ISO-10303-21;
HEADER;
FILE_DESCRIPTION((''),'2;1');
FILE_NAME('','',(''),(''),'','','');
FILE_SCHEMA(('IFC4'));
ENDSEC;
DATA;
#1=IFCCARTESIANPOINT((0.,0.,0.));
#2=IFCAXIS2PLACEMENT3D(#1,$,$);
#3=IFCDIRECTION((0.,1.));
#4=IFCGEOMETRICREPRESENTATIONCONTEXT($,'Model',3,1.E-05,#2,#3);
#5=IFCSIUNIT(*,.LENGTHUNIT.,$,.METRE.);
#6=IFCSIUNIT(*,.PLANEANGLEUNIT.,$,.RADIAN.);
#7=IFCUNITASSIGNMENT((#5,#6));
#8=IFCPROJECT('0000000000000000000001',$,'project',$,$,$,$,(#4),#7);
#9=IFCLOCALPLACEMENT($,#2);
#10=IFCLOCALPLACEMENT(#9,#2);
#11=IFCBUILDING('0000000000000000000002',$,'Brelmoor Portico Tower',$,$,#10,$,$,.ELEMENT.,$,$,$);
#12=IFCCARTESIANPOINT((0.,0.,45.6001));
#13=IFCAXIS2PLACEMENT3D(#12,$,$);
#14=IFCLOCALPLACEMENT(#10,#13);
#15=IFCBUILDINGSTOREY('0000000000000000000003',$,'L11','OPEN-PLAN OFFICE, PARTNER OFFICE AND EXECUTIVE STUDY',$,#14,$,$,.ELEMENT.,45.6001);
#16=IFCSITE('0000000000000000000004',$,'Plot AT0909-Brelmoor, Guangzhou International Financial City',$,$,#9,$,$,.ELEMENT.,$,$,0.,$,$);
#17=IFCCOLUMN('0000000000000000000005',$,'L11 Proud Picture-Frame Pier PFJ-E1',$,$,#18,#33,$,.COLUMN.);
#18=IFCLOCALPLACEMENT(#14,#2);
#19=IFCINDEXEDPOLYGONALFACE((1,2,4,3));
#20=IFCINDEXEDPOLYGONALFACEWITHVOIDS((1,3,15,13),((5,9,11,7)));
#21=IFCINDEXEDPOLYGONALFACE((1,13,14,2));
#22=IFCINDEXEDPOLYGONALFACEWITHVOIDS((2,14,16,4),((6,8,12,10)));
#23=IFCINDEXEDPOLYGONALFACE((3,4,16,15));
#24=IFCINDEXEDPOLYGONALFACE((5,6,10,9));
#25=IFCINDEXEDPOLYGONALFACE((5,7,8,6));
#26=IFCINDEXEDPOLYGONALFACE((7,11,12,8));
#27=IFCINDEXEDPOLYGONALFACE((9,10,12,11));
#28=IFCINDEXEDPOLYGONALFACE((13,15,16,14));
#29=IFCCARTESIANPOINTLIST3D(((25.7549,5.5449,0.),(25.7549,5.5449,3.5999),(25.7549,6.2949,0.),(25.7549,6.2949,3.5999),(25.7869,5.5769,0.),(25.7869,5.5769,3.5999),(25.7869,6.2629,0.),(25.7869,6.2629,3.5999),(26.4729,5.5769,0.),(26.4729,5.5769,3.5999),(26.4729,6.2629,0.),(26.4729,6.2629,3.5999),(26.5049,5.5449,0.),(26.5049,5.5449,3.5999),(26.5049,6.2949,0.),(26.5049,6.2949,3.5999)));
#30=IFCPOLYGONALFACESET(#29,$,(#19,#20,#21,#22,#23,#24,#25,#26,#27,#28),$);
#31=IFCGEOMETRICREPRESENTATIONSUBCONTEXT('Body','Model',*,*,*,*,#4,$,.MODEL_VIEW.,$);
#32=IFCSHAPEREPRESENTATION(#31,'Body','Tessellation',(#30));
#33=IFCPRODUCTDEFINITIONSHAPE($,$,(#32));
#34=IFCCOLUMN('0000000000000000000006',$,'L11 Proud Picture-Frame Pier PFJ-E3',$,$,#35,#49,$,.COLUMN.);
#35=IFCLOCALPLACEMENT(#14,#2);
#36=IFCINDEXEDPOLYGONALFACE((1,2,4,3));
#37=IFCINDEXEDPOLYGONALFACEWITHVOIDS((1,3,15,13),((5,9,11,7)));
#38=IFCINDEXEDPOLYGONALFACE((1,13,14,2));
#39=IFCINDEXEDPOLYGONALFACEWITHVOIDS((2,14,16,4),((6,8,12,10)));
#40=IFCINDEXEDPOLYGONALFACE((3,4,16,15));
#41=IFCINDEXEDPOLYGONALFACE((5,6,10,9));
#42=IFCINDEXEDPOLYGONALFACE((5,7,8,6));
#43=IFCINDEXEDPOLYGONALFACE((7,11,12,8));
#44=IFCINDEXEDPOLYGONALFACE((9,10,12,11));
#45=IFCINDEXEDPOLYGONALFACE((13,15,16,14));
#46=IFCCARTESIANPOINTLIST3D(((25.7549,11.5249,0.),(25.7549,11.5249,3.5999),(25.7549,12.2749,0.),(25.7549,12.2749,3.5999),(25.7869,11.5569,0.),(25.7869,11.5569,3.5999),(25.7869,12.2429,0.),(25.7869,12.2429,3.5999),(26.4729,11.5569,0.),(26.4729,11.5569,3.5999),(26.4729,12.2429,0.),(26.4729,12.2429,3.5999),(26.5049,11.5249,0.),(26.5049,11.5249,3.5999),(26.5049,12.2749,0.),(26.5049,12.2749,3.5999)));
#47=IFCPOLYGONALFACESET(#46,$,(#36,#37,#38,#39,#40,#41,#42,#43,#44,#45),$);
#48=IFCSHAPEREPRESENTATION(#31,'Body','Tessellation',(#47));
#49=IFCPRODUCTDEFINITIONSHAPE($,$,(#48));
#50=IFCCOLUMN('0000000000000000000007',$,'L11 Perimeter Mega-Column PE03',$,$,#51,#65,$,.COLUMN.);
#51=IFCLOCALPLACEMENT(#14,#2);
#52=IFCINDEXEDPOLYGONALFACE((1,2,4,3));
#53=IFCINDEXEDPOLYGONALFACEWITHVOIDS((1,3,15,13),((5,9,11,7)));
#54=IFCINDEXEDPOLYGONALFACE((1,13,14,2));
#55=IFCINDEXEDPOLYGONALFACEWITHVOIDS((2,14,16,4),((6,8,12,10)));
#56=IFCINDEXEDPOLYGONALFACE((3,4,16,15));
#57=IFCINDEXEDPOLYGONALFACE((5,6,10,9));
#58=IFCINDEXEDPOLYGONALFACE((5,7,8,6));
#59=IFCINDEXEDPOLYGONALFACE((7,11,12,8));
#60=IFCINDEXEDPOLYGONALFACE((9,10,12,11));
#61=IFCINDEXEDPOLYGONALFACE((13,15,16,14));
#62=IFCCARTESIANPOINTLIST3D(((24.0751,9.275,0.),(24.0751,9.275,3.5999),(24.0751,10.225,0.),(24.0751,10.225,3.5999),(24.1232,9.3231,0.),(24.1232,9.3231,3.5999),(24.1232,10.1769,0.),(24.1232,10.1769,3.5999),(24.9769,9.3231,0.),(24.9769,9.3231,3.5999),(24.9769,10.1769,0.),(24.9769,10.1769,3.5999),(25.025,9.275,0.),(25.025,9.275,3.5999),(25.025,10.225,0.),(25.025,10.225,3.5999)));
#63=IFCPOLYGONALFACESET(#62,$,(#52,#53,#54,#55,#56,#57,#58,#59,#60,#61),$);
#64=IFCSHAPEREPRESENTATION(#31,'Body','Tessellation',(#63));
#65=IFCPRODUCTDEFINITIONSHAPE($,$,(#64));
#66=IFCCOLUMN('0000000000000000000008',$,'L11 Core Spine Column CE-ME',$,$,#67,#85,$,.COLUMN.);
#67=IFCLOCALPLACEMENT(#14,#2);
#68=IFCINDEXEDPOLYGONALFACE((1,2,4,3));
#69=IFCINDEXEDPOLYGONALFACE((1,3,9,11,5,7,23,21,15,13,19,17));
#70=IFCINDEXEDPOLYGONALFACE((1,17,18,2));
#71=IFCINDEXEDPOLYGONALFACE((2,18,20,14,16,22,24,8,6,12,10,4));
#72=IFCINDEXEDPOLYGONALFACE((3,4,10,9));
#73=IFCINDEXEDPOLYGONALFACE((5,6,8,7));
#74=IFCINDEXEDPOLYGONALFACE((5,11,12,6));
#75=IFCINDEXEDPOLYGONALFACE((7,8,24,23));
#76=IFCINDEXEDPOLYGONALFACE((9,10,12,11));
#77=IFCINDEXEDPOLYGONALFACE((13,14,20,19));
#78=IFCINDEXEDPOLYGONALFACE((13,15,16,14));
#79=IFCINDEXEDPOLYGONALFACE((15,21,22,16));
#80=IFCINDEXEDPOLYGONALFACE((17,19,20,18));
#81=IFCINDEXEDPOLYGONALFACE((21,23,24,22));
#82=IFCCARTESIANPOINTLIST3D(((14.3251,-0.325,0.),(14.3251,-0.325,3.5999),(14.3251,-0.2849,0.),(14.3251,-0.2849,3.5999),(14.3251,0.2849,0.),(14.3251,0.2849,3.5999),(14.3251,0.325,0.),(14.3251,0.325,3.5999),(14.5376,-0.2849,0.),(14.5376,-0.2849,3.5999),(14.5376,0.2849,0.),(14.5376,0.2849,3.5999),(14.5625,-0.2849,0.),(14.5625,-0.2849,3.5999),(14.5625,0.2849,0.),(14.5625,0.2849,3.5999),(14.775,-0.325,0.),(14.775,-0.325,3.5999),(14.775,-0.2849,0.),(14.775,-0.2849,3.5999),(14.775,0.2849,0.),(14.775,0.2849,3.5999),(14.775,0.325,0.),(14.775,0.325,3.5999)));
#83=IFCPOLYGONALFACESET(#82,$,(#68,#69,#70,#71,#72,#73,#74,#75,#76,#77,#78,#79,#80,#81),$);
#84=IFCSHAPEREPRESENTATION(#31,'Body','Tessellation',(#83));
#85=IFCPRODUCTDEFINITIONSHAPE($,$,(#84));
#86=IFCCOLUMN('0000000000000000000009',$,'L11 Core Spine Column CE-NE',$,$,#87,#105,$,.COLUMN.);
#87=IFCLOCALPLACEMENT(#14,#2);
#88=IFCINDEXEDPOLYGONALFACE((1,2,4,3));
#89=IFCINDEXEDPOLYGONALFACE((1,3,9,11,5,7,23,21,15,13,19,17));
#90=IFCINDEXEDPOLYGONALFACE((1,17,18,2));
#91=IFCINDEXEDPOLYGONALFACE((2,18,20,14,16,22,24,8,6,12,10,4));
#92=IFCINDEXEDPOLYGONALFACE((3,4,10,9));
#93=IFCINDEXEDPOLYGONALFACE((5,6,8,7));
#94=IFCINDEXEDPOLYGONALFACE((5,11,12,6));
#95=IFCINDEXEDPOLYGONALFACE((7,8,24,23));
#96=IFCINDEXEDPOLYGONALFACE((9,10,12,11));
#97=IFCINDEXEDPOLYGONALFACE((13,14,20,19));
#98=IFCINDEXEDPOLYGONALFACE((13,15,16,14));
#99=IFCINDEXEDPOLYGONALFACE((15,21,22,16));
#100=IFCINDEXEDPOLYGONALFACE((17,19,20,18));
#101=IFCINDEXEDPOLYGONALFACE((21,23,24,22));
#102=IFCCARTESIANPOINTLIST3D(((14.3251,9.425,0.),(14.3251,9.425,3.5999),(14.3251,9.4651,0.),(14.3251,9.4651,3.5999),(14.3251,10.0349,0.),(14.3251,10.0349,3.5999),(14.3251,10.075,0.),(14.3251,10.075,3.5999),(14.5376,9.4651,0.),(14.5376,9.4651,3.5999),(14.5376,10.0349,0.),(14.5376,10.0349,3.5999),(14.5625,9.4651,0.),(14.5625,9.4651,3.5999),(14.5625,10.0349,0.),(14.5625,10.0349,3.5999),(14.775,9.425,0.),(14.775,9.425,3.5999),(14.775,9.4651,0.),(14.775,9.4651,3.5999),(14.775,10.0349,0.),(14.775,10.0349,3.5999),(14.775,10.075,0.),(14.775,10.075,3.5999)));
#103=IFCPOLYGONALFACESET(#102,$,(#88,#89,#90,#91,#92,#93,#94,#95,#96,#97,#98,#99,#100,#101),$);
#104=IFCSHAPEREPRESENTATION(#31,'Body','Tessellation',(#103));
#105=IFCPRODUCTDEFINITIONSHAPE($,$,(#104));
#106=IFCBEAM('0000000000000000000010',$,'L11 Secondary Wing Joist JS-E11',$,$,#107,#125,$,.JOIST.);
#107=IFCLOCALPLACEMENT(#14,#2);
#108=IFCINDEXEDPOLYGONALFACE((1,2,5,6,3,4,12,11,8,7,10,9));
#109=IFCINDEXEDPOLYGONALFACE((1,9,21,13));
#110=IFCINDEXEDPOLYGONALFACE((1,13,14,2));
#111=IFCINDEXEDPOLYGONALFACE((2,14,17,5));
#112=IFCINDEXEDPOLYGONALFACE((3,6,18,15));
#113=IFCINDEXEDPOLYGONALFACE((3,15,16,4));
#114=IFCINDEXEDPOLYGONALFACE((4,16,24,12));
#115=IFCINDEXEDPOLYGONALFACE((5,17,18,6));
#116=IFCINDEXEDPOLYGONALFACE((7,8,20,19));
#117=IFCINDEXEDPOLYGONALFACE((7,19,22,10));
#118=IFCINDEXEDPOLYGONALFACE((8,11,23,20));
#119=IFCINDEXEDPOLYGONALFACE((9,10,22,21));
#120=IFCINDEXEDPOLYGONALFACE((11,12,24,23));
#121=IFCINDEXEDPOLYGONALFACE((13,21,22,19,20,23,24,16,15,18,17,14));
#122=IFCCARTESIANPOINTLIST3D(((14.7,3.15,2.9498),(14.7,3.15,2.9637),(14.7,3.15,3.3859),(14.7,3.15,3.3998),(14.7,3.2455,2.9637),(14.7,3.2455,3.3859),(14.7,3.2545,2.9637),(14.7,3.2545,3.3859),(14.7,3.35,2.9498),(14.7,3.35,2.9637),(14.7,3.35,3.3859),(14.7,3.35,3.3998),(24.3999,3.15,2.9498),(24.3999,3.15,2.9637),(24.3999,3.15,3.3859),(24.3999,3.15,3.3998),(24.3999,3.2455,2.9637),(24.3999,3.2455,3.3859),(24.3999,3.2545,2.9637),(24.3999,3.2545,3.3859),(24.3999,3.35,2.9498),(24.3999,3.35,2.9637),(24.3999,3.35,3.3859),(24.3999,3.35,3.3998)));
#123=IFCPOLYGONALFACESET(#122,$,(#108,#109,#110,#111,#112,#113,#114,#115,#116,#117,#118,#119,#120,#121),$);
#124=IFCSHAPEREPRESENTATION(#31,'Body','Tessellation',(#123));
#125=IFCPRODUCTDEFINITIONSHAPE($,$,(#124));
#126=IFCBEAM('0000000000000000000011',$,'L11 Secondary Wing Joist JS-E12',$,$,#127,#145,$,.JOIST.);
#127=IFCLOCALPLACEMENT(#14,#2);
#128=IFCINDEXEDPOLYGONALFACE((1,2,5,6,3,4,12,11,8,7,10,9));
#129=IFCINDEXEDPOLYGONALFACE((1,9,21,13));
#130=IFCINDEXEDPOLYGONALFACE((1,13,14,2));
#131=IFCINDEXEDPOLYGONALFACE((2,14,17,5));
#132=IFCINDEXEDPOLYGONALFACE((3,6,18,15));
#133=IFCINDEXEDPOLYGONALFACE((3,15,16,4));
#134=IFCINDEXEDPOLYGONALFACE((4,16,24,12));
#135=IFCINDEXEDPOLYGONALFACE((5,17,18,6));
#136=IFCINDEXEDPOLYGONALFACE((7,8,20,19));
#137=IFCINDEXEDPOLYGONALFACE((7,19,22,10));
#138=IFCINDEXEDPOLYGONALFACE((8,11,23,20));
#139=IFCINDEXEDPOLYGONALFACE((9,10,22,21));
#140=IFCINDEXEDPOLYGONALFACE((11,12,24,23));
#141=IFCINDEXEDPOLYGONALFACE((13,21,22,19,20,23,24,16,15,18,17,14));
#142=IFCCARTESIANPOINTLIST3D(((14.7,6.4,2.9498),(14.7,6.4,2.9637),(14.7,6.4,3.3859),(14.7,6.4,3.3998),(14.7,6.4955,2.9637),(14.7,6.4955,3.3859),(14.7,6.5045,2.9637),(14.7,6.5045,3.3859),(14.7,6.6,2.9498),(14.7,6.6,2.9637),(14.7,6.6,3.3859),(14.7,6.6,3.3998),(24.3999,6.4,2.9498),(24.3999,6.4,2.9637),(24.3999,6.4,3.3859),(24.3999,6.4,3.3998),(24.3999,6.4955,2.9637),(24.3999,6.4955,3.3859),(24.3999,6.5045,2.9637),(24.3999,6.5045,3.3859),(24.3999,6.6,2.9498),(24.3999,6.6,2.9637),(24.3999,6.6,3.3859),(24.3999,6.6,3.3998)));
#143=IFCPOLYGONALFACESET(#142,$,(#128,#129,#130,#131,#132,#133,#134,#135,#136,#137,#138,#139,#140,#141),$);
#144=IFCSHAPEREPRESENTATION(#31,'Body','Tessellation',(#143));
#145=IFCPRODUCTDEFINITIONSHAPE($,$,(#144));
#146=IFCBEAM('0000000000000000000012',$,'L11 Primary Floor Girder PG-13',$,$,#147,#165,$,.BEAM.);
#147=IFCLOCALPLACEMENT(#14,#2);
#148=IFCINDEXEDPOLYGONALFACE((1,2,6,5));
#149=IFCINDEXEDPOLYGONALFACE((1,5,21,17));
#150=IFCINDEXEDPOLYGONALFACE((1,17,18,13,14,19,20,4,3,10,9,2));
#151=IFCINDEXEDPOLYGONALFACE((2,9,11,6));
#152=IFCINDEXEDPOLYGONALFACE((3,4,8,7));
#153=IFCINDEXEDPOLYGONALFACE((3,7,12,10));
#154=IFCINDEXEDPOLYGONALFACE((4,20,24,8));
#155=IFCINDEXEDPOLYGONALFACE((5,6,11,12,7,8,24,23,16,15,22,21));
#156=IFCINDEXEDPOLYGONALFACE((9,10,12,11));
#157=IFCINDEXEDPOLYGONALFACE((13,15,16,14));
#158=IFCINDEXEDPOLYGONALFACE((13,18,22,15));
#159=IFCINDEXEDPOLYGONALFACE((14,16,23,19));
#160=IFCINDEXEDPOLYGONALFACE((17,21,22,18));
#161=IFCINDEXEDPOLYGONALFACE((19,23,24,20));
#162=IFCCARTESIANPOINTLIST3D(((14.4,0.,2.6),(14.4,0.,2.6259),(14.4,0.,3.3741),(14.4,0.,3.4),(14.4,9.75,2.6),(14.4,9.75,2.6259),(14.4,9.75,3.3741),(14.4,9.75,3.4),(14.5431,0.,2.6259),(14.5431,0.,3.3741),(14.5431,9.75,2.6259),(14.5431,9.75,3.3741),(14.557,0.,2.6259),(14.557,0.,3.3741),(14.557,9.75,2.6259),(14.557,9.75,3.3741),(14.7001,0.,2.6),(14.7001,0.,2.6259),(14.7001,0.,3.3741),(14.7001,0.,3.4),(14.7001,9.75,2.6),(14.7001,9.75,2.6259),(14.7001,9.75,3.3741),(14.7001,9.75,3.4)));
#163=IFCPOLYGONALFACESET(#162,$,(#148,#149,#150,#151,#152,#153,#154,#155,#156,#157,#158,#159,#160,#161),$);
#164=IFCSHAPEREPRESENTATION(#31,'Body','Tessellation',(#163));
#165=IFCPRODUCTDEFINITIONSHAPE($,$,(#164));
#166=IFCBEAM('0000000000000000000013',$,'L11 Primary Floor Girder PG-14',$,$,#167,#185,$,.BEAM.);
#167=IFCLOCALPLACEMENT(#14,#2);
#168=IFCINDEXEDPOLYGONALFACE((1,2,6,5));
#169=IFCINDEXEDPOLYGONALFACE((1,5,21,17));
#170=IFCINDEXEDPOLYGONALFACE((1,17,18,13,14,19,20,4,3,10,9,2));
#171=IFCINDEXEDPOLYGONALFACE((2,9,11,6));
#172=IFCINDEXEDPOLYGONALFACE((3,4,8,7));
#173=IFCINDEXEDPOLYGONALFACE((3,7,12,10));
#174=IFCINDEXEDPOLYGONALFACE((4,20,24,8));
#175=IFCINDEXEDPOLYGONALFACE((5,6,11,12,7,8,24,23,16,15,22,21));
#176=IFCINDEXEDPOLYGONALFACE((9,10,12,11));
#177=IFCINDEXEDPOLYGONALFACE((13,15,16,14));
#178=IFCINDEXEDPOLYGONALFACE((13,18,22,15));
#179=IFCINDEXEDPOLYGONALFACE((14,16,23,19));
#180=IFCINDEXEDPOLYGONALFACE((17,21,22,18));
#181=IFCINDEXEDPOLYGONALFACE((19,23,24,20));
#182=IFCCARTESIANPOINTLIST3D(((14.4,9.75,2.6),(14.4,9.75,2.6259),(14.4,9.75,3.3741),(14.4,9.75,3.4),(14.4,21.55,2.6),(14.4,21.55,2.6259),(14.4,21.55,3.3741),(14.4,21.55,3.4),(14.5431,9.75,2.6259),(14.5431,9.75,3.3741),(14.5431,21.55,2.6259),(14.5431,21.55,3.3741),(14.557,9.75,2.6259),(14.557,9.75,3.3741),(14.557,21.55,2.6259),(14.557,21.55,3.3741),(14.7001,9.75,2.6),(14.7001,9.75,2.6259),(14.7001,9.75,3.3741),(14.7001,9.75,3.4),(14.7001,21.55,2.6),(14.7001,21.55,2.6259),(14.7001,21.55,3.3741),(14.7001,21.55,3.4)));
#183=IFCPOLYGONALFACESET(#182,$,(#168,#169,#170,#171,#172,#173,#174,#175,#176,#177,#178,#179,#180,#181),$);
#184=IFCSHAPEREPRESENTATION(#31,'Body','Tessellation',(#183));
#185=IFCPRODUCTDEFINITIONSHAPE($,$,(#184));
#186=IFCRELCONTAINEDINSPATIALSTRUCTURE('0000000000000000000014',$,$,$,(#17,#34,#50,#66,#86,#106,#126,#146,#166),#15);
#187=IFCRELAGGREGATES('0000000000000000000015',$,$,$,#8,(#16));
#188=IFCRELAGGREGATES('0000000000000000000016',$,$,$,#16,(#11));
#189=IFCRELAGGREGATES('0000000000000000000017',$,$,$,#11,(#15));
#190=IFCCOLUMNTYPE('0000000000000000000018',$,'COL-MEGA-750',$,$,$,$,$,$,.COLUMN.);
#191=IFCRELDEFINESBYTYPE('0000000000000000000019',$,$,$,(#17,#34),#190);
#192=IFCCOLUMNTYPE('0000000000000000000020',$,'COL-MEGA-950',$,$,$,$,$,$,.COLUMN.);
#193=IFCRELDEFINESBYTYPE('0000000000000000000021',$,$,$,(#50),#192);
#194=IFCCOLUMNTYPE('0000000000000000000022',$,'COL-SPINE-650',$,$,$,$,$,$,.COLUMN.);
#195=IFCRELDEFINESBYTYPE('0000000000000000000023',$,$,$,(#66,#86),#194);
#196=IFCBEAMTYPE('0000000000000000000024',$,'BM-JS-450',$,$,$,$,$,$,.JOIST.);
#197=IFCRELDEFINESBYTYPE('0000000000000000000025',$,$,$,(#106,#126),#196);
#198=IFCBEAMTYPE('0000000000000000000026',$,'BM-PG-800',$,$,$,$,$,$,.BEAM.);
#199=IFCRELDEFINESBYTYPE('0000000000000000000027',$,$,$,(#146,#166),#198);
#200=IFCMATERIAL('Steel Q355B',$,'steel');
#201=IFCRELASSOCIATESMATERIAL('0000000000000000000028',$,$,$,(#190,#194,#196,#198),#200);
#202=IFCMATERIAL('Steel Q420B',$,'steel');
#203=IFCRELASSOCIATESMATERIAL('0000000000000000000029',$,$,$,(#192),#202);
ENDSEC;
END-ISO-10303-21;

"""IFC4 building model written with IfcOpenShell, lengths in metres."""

from ifc_helpers import new_model, si_unit, direction, frame, origin, origin_2d, place, context, subcontext, project, spatial, hollow_rectangle, i_section, extrude, material, material_profile, profile_set, type_object, element, save


model = new_model("IFC4")

# Units and contexts
model_context = context("Model", 3, precision=1e-05, world=origin(), true_north=direction((0.0, 1.0)))
body_context = subcontext(model_context, "Body", "Model", "MODEL_VIEW")
ifc_project = project(units=[si_unit("LENGTHUNIT", "METRE"), si_unit("PLANEANGLEUNIT", "RADIAN")], contexts=[model_context])

# Site, building, storey
site_placement = place(None, origin())
site = spatial("IfcSite", under=ifc_project, at=site_placement, Name="Plot AT0909-Brelmoor, Guangzhou International Financial City", CompositionType="ELEMENT", RefElevation=0.0)
building_placement = place(site_placement, origin())
building = spatial("IfcBuilding", under=site, at=building_placement, Name="Brelmoor Portico Tower", CompositionType="ELEMENT")
storey_placement = place(building_placement, frame((0.0, 0.0, 45.6001)))
storey = spatial("IfcBuildingStorey", under=building, at=storey_placement, Name="L11", Description="OPEN-PLAN OFFICE, PARTNER OFFICE AND EXECUTIVE STUDY", CompositionType="ELEMENT", Elevation=45.6001)

# Columns
ifc_material_1 = material(Name="Steel Q355B", Category="steel")
ifc_material_profile_1 = material_profile(ifc_material_1, hollow_rectangle(XDim=0.75, YDim=0.75, WallThickness=0.032, at=origin_2d()), Name="BOX 750x750x32")
ifc_profile_set_1 = profile_set([ifc_material_profile_1], Name="Steel Q355B")
column_type_1 = type_object("IfcColumnType", Name="COL-MEGA-750", PredefinedType="COLUMN", material=ifc_profile_set_1)
for number, where, z_axis, x_axis, name in (
    (1, (26.1299, 5.9199, 0.0), (0.0, 0.0, 1.0), (0.0, 1.0, 0.0), "L11 Proud Picture-Frame Pier PFJ-E1"),
    (2, (26.1299, 11.8999, 0.0), (0.0, 0.0, 1.0), (0.0, 1.0, 0.0), "L11 Proud Picture-Frame Pier PFJ-E3"),
):
    element("IfcColumn", number, at=place(storey_placement, frame(where, z_axis=z_axis, x_axis=x_axis)), inside=storey, type_object=column_type_1, Name=name, PredefinedType="COLUMN", context=body_context, shape_type="SweptSolid", body=[
        extrude(hollow_rectangle(XDim=0.75, YDim=0.75, WallThickness=0.032, at=origin_2d()), origin(), (0.0, 0.0, 1.0), 3.5999),
    ])
ifc_material_2 = material(Name="Steel Q420B", Category="steel")
ifc_material_profile_2 = material_profile(ifc_material_2, hollow_rectangle(XDim=0.95, YDim=0.95, WallThickness=0.0481, at=origin_2d()), Name="BOX 950x950x48")
ifc_profile_set_2 = profile_set([ifc_material_profile_2], Name="Steel Q420B")
column_type_2 = type_object("IfcColumnType", Name="COL-MEGA-950", PredefinedType="COLUMN", material=ifc_profile_set_2)
column_placement = place(storey_placement, frame((24.55, 9.75, 0.0), z_axis=(0.0, 0.0, 1.0), x_axis=(0.0, 1.0, 0.0)))
element("IfcColumn", 3, at=column_placement, inside=storey, type_object=column_type_2, Name="L11 Perimeter Mega-Column PE03", PredefinedType="COLUMN", context=body_context, shape_type="SweptSolid", body=[
    extrude(hollow_rectangle(XDim=0.95, YDim=0.95, WallThickness=0.0481, at=origin_2d()), origin(), (0.0, 0.0, 1.0), 3.5999),
])
ifc_material_profile_3 = material_profile(ifc_material_1, i_section(OverallWidth=0.45, OverallDepth=0.6499, WebThickness=0.0249, FlangeThickness=0.04, at=origin_2d()), Name="HW 650x450x25x40")
ifc_profile_set_3 = profile_set([ifc_material_profile_3], Name="Steel Q355B")
column_type_3 = type_object("IfcColumnType", Name="COL-SPINE-650", PredefinedType="COLUMN", material=ifc_profile_set_3)
for number, where, z_axis, x_axis, name in (
    (4, (14.55, 0.0, 0.0), (0.0, 0.0, 1.0), (1.0, 0.0, 0.0), "L11 Core Spine Column CE-ME"),
    (5, (14.55, 9.75, 0.0), (0.0, 0.0, 1.0), (1.0, 0.0, 0.0), "L11 Core Spine Column CE-NE"),
):
    element("IfcColumn", number, at=place(storey_placement, frame(where, z_axis=z_axis, x_axis=x_axis)), inside=storey, type_object=column_type_3, Name=name, PredefinedType="COLUMN", context=body_context, shape_type="SweptSolid", body=[
        extrude(i_section(OverallWidth=0.45, OverallDepth=0.6499, WebThickness=0.0249, FlangeThickness=0.04, at=origin_2d()), origin(), (0.0, 0.0, 1.0), 3.5999),
    ])

# Beams
ifc_material_profile_4 = material_profile(ifc_material_1, i_section(OverallWidth=0.2, OverallDepth=0.45, WebThickness=0.009, FlangeThickness=0.0139, at=origin_2d()), Name="HN 450x200x9x14")
ifc_profile_set_4 = profile_set([ifc_material_profile_4], Name="Steel Q355B")
beam_type_1 = type_object("IfcBeamType", Name="BM-JS-450", PredefinedType="JOIST", material=ifc_profile_set_4)
for number, where, z_axis, x_axis, name in (
    (6, (14.7, 3.25, 3.1748), (1.0, 0.0, 0.0), (0.0, 1.0, 0.0), "L11 Secondary Wing Joist JS-E11"),
    (7, (14.7, 6.5, 3.1748), (1.0, 0.0, 0.0), (0.0, 1.0, 0.0), "L11 Secondary Wing Joist JS-E12"),
):
    element("IfcBeam", number, at=place(storey_placement, frame(where, z_axis=z_axis, x_axis=x_axis)), inside=storey, type_object=beam_type_1, Name=name, PredefinedType="JOIST", context=body_context, shape_type="SweptSolid", body=[
        extrude(i_section(OverallWidth=0.2, OverallDepth=0.45, WebThickness=0.009, FlangeThickness=0.0139, at=origin_2d()), origin(), (0.0, 0.0, 1.0), 9.7),
    ])
ifc_material_profile_5 = material_profile(ifc_material_1, i_section(OverallWidth=0.3, OverallDepth=0.8, WebThickness=0.0139, FlangeThickness=0.0259, at=origin_2d()), Name="HN 800x300x14x26")
ifc_profile_set_5 = profile_set([ifc_material_profile_5], Name="Steel Q355B")
beam_type_2 = type_object("IfcBeamType", Name="BM-PG-800", PredefinedType="BEAM", material=ifc_profile_set_5)
beam_1_placement = place(storey_placement, frame((14.55, 0.0, 3.0), z_axis=(0.0, 1.0, 0.0), x_axis=(-1.0, 0.0, 0.0)))
element("IfcBeam", 8, at=beam_1_placement, inside=storey, type_object=beam_type_2, Name="L11 Primary Floor Girder PG-13", PredefinedType="BEAM", context=body_context, shape_type="SweptSolid", body=[
    extrude(i_section(OverallWidth=0.3, OverallDepth=0.8, WebThickness=0.0139, FlangeThickness=0.0259, at=origin_2d()), origin(), (0.0, 0.0, 1.0), 9.75),
])
beam_2_placement = place(storey_placement, frame((14.55, 9.75, 3.0), z_axis=(0.0, 1.0, 0.0), x_axis=(-1.0, 0.0, 0.0)))
element("IfcBeam", 9, at=beam_2_placement, inside=storey, type_object=beam_type_2, Name="L11 Primary Floor Girder PG-14", PredefinedType="BEAM", context=body_context, shape_type="SweptSolid", body=[
    extrude(i_section(OverallWidth=0.3, OverallDepth=0.8, WebThickness=0.0139, FlangeThickness=0.0259, at=origin_2d()), origin(), (0.0, 0.0, 1.0), 11.8),
])

save(model, "model.ifc")
